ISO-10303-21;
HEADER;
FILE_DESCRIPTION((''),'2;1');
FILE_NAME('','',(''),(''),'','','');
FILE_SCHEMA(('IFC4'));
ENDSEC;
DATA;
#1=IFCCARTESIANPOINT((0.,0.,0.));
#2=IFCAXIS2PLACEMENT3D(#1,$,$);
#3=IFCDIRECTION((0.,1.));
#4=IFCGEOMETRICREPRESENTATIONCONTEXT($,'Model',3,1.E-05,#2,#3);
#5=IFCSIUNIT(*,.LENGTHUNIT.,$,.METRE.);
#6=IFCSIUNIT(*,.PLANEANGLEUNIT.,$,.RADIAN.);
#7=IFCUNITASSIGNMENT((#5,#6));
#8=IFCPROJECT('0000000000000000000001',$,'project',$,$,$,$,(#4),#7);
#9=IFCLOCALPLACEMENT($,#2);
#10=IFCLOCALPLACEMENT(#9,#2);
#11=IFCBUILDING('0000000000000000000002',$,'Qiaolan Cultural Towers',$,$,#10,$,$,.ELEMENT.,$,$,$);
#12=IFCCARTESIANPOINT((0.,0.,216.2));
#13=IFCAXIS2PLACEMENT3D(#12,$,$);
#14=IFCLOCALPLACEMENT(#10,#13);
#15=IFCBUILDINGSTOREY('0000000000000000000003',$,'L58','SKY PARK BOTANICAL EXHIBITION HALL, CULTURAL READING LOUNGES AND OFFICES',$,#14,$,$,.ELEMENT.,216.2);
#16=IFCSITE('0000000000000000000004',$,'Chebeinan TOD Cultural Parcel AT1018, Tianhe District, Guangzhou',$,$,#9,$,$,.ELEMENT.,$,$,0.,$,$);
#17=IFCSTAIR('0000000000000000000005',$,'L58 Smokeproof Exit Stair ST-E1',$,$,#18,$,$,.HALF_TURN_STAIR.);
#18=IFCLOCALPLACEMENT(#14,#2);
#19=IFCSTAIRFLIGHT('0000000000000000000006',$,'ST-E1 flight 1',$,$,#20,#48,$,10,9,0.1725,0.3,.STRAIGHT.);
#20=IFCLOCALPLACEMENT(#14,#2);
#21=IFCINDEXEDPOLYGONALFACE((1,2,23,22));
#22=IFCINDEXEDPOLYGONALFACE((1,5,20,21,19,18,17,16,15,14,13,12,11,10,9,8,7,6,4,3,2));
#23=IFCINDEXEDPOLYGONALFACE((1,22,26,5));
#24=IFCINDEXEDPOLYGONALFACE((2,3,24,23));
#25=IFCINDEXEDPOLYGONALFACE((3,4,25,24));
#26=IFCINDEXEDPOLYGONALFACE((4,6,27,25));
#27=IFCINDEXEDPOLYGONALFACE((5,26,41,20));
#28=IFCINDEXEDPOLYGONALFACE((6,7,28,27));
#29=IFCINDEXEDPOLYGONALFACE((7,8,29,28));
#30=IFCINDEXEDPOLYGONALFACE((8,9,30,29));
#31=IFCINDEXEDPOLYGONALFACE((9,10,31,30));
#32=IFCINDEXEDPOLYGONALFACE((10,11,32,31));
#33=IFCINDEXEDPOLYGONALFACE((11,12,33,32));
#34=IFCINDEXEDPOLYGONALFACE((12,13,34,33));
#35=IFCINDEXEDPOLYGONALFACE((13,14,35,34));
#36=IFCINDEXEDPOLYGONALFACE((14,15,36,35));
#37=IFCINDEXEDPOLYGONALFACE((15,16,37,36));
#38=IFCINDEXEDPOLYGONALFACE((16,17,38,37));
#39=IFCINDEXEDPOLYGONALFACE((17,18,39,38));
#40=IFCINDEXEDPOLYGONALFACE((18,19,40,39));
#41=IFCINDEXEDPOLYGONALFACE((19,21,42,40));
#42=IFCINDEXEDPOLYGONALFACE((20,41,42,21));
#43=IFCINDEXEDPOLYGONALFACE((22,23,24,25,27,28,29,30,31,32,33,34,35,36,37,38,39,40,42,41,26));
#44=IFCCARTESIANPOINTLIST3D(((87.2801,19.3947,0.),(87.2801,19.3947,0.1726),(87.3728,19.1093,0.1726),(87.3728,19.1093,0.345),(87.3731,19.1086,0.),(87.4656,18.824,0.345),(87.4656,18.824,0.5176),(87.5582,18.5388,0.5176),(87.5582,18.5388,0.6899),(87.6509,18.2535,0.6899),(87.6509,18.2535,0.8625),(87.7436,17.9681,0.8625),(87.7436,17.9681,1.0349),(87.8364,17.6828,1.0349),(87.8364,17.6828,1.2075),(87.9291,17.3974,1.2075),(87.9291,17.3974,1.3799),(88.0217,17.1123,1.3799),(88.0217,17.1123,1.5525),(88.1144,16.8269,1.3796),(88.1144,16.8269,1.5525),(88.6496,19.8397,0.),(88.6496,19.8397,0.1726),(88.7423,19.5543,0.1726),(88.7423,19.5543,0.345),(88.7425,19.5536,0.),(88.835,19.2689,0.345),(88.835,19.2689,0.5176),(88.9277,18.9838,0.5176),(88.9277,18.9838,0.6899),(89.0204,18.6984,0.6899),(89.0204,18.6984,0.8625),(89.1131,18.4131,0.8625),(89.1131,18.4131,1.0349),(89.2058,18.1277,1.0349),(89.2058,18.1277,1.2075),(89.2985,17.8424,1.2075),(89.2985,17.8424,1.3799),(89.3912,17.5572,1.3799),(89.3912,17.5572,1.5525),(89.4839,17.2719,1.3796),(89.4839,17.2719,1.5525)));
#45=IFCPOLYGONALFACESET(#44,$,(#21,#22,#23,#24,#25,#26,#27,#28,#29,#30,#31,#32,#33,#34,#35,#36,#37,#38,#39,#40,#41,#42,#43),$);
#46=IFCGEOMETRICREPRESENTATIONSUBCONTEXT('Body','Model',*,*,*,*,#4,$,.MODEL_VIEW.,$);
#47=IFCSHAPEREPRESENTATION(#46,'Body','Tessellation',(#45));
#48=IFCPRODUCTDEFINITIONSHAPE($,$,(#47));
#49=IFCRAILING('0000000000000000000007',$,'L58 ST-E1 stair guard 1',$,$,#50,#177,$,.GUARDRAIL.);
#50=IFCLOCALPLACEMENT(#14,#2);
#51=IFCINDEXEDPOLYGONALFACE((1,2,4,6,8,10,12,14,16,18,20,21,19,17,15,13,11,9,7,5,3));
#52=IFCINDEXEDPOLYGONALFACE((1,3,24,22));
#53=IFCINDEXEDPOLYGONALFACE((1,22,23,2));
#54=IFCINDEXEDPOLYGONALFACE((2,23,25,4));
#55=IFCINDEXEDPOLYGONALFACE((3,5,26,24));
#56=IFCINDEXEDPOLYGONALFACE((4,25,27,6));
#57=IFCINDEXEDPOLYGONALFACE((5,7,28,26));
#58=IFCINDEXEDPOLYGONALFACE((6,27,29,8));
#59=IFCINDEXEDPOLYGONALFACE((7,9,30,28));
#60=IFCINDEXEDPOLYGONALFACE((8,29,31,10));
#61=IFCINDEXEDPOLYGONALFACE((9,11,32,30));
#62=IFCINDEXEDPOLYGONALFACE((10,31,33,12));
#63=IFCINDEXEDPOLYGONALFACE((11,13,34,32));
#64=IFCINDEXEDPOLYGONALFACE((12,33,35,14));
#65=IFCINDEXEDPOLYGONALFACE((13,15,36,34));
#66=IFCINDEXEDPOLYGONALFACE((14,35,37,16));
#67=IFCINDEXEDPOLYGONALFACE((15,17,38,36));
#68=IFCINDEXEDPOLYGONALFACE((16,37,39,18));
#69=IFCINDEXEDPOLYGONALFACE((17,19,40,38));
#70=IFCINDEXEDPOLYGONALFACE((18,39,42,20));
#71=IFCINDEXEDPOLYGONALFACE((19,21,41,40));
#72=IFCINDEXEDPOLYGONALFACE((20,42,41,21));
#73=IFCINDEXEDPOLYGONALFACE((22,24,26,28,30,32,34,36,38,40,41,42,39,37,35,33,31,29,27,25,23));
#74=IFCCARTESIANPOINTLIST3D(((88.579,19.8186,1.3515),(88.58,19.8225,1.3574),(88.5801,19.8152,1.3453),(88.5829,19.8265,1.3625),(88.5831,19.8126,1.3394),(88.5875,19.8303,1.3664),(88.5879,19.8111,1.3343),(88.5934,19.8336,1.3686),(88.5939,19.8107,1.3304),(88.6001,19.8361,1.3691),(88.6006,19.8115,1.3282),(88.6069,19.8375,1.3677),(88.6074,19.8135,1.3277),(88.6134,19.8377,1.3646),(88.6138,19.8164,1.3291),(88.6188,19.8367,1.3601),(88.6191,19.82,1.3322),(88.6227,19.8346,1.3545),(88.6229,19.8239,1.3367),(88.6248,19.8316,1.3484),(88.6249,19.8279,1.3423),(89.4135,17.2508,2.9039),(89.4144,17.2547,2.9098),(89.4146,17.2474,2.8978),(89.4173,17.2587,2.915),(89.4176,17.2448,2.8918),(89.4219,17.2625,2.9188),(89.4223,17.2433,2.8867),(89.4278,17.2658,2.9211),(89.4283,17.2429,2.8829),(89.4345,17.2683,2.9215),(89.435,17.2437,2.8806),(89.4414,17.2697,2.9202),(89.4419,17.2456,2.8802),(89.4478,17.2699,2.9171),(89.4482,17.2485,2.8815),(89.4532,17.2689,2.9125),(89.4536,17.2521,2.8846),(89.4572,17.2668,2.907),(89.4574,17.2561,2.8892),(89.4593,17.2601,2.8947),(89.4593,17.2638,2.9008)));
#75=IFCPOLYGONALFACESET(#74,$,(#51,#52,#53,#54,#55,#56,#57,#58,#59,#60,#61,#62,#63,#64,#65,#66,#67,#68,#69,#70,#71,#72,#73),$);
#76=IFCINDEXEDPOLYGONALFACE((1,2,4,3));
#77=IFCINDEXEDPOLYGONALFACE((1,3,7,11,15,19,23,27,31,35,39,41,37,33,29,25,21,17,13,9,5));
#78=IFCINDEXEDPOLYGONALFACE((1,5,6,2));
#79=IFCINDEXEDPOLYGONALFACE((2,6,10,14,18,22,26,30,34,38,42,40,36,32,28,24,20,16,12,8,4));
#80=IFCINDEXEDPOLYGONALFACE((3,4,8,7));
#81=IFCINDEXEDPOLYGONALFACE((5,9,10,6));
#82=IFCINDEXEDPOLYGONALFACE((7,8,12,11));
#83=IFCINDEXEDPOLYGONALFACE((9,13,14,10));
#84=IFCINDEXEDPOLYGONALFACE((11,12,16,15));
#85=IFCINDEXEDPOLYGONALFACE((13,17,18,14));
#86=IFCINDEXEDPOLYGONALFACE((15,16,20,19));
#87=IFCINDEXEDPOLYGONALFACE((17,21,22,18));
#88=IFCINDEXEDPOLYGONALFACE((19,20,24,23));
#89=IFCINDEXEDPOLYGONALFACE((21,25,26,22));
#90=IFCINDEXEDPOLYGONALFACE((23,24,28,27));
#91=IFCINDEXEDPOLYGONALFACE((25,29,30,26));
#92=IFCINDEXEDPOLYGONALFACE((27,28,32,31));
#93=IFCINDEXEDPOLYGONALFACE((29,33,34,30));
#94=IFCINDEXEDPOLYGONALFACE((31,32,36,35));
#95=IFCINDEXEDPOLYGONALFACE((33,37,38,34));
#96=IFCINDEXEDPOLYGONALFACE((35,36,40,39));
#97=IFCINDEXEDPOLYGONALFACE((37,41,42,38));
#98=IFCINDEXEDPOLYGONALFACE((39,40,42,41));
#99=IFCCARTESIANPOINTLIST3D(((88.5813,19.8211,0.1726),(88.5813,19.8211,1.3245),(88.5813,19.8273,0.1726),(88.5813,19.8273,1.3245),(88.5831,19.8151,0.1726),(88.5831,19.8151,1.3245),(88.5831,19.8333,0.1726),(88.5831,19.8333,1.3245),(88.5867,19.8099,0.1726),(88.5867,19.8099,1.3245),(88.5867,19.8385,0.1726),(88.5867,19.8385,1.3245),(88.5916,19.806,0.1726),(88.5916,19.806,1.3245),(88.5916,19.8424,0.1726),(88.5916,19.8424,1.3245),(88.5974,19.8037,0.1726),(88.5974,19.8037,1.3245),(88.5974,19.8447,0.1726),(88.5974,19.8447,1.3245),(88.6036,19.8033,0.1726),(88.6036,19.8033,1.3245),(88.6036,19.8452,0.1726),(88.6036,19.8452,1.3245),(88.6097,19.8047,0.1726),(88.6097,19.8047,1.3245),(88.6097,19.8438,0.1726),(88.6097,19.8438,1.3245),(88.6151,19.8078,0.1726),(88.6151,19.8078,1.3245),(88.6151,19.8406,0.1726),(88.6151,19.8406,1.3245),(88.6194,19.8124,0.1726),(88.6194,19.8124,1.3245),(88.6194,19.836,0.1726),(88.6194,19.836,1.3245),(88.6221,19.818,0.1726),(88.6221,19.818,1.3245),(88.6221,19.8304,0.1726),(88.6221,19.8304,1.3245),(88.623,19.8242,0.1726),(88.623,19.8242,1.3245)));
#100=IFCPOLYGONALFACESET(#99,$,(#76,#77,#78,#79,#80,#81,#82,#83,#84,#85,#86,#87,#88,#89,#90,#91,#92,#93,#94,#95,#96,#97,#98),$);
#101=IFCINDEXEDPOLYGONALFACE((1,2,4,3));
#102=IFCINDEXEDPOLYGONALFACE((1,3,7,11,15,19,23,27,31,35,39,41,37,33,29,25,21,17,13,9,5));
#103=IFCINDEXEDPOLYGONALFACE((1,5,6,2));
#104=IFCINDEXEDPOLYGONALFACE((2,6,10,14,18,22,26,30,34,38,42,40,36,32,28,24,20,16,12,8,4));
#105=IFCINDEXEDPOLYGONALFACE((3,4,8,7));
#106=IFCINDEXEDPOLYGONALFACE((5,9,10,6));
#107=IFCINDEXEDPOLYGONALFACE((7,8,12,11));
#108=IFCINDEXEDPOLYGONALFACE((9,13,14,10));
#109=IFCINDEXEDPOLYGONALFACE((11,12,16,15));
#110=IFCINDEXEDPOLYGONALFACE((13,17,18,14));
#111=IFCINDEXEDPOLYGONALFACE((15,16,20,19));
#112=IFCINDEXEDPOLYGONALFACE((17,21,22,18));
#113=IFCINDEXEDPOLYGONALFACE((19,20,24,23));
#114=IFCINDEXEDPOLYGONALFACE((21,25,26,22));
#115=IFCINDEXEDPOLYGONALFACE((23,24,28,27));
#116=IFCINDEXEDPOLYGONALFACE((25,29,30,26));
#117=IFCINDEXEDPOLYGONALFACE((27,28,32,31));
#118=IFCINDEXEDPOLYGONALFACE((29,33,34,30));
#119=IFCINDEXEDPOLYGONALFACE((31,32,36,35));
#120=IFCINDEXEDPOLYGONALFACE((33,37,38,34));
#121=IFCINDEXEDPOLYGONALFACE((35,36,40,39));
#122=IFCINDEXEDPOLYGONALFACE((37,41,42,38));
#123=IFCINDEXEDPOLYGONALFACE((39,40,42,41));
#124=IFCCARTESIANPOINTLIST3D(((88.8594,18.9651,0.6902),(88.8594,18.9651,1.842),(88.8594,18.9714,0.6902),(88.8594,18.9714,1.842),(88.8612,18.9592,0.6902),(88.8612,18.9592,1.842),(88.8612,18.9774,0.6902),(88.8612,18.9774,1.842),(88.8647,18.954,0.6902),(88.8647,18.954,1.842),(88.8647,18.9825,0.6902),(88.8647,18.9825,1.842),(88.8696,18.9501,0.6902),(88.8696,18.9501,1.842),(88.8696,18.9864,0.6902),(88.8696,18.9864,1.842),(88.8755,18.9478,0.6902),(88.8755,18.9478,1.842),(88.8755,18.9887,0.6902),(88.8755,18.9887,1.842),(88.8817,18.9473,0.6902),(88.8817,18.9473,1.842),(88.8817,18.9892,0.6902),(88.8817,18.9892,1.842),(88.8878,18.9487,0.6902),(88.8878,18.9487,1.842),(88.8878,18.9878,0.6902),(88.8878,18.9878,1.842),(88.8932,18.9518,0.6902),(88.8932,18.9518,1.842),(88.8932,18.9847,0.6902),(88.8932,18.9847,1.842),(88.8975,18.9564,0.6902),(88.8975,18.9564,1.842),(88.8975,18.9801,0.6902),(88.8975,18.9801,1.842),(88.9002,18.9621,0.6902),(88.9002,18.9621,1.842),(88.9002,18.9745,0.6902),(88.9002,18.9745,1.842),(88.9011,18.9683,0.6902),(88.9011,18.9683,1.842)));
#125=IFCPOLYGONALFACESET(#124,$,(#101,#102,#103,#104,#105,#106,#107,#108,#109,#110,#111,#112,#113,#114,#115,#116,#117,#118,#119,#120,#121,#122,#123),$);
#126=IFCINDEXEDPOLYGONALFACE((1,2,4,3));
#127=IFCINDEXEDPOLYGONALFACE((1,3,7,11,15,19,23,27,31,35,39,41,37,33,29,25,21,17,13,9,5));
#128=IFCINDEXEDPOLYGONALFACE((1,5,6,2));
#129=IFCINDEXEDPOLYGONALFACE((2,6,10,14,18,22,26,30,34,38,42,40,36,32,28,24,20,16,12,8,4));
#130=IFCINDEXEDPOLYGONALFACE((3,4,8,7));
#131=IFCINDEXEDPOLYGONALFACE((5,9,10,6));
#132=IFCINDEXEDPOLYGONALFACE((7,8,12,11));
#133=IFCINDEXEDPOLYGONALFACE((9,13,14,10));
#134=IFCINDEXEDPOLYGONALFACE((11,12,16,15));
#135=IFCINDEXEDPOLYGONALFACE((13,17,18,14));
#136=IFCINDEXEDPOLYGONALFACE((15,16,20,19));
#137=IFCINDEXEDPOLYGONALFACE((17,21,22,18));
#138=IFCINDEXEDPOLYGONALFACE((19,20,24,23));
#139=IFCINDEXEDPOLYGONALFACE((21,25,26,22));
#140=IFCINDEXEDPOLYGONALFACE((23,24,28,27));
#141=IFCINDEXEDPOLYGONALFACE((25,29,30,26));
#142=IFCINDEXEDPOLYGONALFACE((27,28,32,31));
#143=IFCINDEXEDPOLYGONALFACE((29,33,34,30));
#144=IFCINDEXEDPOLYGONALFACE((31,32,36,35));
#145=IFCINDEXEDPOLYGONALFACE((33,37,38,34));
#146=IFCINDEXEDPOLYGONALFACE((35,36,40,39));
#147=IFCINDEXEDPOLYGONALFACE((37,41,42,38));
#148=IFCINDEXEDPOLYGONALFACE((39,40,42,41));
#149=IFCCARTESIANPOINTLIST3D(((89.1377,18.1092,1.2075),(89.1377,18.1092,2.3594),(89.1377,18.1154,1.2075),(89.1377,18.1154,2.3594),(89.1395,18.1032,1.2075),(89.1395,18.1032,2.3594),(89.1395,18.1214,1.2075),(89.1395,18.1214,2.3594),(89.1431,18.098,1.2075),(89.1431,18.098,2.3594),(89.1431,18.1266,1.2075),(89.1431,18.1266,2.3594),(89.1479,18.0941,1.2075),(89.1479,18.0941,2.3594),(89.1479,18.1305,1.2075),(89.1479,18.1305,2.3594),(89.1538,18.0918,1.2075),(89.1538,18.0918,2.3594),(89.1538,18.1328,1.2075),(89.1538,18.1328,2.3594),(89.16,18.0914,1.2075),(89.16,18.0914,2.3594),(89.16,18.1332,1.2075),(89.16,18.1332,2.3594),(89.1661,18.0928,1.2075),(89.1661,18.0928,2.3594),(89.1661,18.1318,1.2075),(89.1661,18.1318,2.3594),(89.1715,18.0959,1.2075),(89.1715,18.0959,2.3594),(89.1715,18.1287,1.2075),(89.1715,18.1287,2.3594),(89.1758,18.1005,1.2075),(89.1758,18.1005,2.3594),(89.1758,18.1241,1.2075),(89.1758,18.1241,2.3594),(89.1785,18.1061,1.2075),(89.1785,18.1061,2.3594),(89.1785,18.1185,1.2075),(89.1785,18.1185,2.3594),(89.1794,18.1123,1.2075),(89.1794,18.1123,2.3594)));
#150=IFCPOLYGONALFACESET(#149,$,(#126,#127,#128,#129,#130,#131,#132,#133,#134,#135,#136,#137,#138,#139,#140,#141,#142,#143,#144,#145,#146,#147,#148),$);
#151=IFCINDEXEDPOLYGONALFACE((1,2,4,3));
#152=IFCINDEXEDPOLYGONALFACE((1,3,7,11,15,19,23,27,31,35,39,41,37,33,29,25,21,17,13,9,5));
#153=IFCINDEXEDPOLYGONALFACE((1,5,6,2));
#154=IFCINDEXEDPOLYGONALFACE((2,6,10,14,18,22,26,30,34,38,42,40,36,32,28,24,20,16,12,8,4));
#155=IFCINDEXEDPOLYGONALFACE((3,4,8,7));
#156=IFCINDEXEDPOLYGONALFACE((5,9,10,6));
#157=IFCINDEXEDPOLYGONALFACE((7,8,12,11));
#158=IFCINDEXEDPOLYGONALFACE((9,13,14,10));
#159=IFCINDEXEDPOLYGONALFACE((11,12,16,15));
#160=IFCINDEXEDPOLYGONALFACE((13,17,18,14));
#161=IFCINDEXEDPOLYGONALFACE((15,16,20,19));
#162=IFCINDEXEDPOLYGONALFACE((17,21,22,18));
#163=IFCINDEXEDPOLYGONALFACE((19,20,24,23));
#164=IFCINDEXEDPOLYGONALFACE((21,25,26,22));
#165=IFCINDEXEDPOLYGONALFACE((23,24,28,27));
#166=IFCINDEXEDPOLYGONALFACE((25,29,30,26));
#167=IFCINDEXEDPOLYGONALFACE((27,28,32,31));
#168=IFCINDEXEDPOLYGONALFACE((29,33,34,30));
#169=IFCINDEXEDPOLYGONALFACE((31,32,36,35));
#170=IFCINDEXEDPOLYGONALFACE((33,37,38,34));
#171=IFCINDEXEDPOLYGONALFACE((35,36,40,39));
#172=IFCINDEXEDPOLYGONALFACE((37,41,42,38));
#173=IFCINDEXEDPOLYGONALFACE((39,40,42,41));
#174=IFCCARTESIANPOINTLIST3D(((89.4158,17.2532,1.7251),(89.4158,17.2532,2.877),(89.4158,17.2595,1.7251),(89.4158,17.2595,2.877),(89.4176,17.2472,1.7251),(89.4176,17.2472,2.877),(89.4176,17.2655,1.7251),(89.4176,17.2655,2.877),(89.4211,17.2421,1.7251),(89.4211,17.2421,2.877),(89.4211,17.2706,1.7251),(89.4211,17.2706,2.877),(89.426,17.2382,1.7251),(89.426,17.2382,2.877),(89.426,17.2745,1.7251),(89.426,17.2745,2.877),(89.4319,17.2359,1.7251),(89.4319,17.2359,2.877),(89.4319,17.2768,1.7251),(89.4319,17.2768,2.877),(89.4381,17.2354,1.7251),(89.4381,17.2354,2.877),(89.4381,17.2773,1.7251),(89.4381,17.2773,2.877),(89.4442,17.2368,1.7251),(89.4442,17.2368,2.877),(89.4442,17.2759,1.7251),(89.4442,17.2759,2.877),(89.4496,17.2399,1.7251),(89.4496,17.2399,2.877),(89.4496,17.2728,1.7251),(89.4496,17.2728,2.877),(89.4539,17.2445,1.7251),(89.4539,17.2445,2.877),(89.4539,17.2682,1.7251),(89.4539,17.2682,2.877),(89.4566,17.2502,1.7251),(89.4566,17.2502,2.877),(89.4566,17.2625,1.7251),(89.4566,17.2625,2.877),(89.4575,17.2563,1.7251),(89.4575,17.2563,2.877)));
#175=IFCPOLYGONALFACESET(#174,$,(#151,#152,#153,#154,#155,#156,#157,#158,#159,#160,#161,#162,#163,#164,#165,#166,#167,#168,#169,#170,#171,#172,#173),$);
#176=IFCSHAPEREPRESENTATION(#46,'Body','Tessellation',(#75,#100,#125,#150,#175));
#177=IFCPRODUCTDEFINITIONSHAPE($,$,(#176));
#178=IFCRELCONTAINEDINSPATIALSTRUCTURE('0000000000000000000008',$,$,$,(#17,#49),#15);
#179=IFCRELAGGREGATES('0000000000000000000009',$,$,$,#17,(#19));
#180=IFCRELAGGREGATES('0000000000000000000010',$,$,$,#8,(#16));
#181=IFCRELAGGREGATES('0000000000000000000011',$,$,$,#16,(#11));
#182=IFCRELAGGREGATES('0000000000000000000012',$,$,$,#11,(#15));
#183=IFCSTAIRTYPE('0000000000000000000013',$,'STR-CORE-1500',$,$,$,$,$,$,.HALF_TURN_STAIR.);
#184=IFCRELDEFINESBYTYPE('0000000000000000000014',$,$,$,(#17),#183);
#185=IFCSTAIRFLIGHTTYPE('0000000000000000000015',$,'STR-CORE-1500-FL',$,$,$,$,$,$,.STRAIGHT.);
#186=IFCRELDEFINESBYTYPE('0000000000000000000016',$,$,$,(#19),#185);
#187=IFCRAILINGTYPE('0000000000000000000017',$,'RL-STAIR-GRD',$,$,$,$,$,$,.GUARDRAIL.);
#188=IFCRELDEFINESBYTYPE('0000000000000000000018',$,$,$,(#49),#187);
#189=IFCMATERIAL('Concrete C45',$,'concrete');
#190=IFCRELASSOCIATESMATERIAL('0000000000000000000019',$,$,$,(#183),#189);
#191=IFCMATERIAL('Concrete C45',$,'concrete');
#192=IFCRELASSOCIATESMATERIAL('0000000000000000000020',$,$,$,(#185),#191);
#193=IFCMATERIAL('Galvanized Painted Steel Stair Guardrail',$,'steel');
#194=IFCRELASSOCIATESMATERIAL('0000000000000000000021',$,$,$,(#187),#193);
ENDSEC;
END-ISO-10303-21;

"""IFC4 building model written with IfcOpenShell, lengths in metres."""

from ifc_helpers import new_model, si_unit, direction, frame, origin, origin_2d, place, context, subcontext, project, spatial, polyline, circle, outline, extrude, material, type_object, element, aggregate, save


model = new_model("IFC4")

# Units and contexts
model_context = context("Model", 3, precision=1e-05, world=origin(), true_north=direction((0.0, 1.0)))
body_context = subcontext(model_context, "Body", "Model", "MODEL_VIEW")
ifc_project = project(units=[si_unit("LENGTHUNIT", "METRE"), si_unit("PLANEANGLEUNIT", "RADIAN")], contexts=[model_context])

# Site, building, storey
site_placement = place(None, origin())
site = spatial("IfcSite", under=ifc_project, at=site_placement, Name="Chebeinan TOD Cultural Parcel AT1018, Tianhe District, Guangzhou", CompositionType="ELEMENT", RefElevation=0.0)
building_placement = place(site_placement, origin())
building = spatial("IfcBuilding", under=site, at=building_placement, Name="Qiaolan Cultural Towers", CompositionType="ELEMENT")
storey_placement = place(building_placement, frame((0.0, 0.0, 216.2)))
storey = spatial("IfcBuildingStorey", under=building, at=storey_placement, Name="L58", Description="SKY PARK BOTANICAL EXHIBITION HALL, CULTURAL READING LOUNGES AND OFFICES", CompositionType="ELEMENT", Elevation=216.2)

# Stair, stair flight
ifc_material_1 = material(Name="Concrete C45", Category="concrete")
stair_type = type_object("IfcStairType", Name="STR-CORE-1500", PredefinedType="HALF_TURN_STAIR", material=ifc_material_1)
stair_placement = place(storey_placement, origin())
stair = element("IfcStair", 1, at=stair_placement, inside=storey, type_object=stair_type, Name="L58 Smokeproof Exit Stair ST-E1", PredefinedType="HALF_TURN_STAIR")
ifc_material_2 = material(Name="Concrete C45", Category="concrete")
stair_flight_type = type_object("IfcStairFlightType", Name="STR-CORE-1500-FL", PredefinedType="STRAIGHT", material=ifc_material_2)
stair_flight_placement = place(storey_placement, frame((87.9648, 19.6172, 0.0), z_axis=(0.0, 0.0, 1.0), x_axis=(0.309017, -0.951057, 0.0)))
stair_flight = element("IfcStairFlight", 2, at=stair_flight_placement, type_object=stair_flight_type, Name="ST-E1 flight 1", NumberOfRisers=10, NumberOfTreads=9, PredefinedType="STRAIGHT", RiserHeight=0.1725, TreadLength=0.3, context=body_context, shape_type="SweptSolid", body=[
    extrude(outline(polyline([(0.0, 0.0), (0.0, 0.1726), (0.3, 0.1726), (0.3, 0.345), (0.6001, 0.345), (0.6001, 0.5176), (0.8999, 0.5176), (0.8999, 0.6899), (1.2, 0.6899), (1.2, 0.8625), (1.5, 0.8625), (1.5, 1.0349), (1.8, 1.0349), (1.8, 1.2075), (2.1001, 1.2075), (2.1001, 1.3799), (2.3999, 1.3799), (2.3999, 1.5525), (2.7, 1.5525), (2.7, 1.7251), (2.7, 1.3796), (0.3008, 0.0), (0.0, 0.0)])), frame((0.0, 0.72, 0.0), z_axis=(0.0, -1.0, 0.0), x_axis=(1.0, 0.0, 0.0)), (0.0, 0.0, 1.0), 1.4399),
])
aggregate(stair, [stair_flight])

# Railing
ifc_material_3 = material(Name="Galvanized Painted Steel Stair Guardrail", Category="steel")
railing_type_1 = type_object("IfcRailingType", Name="RL-STAIR-GRD", PredefinedType="GUARDRAIL", material=ifc_material_3)
railing_1_placement = place(storey_placement, frame((88.6021, 19.8242, 0.1726)))
element("IfcRailing", 3, at=railing_1_placement, inside=storey, type_object=railing_type_1, Name="L58 ST-E1 stair guard 1", PredefinedType="GUARDRAIL", context=body_context, shape_type="SweptSolid", body=[
    extrude(circle(Radius=0.0239, at=origin_2d()), frame((0.0, 0.0, 1.1758), z_axis=(0.267926, -0.824471, 0.498461), x_axis=(0.951043, 0.309057, 0.0)), (0.0, 0.0, 1.0), 3.1145),
    extrude(circle(Radius=0.021, at=origin_2d()), origin(), (0.0, 0.0, 1.0), 1.1519),
    extrude(circle(Radius=0.021, at=origin_2d()), frame((0.2781, -0.856, 0.5176)), (0.0, 0.0, 1.0), 1.1519),
    extrude(circle(Radius=0.021, at=origin_2d()), frame((0.5564, -1.7119, 1.0349)), (0.0, 0.0, 1.0), 1.1519),
    extrude(circle(Radius=0.021, at=origin_2d()), frame((0.8345, -2.5679, 1.5525)), (0.0, 0.0, 1.0), 1.1519),
])

save(model, "model.ifc")
